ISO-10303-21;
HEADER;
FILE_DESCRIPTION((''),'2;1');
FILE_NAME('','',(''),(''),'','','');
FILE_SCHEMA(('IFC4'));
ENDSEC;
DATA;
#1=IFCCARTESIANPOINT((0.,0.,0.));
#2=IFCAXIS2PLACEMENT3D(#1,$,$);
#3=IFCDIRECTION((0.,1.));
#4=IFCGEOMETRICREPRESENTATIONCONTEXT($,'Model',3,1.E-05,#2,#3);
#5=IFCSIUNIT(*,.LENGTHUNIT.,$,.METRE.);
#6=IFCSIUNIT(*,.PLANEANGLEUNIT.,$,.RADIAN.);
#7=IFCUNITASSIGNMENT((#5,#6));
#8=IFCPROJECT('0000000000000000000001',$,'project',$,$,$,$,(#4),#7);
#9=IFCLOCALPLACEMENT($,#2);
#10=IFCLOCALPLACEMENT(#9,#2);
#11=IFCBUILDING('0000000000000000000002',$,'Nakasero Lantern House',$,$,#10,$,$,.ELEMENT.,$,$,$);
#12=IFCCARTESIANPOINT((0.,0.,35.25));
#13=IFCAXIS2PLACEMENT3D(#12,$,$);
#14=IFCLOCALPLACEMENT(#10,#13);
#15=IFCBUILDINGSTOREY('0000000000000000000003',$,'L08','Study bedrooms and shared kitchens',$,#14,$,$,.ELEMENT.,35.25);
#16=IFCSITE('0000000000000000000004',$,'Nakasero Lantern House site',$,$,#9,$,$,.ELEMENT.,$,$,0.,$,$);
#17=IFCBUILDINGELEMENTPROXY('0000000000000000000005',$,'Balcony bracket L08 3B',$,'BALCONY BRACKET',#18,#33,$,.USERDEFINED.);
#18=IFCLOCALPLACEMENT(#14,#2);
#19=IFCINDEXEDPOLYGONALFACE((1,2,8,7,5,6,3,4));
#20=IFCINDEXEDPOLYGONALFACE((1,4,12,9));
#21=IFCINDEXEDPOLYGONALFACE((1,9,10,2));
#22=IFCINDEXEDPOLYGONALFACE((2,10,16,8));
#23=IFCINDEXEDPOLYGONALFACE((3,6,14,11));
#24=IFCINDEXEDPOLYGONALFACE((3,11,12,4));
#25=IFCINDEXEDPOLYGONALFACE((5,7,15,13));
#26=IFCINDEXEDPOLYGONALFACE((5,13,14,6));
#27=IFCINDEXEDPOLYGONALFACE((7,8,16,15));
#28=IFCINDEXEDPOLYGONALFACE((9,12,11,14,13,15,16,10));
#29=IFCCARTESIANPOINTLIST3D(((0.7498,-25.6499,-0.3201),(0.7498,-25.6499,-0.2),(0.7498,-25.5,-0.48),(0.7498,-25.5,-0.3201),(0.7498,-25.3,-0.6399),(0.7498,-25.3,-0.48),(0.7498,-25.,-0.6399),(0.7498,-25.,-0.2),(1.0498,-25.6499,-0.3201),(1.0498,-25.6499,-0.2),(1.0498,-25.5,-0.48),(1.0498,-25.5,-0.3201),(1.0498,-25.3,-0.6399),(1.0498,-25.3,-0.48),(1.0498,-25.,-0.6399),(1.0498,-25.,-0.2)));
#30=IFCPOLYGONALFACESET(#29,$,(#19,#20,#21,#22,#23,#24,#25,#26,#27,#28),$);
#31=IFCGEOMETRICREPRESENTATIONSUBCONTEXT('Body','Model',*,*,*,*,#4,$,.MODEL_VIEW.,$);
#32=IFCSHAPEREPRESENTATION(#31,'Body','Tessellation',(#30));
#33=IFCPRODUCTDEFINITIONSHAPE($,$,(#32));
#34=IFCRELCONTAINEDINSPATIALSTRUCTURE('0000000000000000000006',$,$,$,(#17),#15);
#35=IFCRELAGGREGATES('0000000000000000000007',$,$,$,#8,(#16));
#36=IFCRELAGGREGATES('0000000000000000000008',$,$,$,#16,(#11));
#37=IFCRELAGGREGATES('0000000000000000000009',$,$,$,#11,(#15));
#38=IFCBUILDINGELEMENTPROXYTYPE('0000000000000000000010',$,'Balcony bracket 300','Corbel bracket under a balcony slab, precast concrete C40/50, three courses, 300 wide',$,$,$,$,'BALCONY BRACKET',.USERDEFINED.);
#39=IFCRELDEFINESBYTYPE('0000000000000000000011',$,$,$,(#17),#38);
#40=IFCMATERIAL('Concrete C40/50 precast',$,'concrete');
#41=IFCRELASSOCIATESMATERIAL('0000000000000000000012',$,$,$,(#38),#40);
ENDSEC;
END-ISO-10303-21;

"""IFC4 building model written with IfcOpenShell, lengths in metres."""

from ifc_helpers import new_model, si_unit, direction, frame, origin, place, context, subcontext, project, spatial, polyline, outline, extrude, material, type_object, element, save


model = new_model("IFC4")

# Units and contexts
model_context = context("Model", 3, precision=1e-05, world=origin(), true_north=direction((0.0, 1.0)))
body_context = subcontext(model_context, "Body", "Model", "MODEL_VIEW")
ifc_project = project(units=[si_unit("LENGTHUNIT", "METRE"), si_unit("PLANEANGLEUNIT", "RADIAN")], contexts=[model_context])

# Site, building, storey
site_placement = place(None, origin())
site = spatial("IfcSite", under=ifc_project, at=site_placement, Name="Nakasero Lantern House site", CompositionType="ELEMENT", RefElevation=0.0)
building_placement = place(site_placement, origin())
building = spatial("IfcBuilding", under=site, at=building_placement, Name="Nakasero Lantern House", CompositionType="ELEMENT")
storey_placement = place(building_placement, frame((0.0, 0.0, 35.25)))
storey = spatial("IfcBuildingStorey", under=building, at=storey_placement, Name="L08", Description="Study bedrooms and shared kitchens", CompositionType="ELEMENT", Elevation=35.25)

# Building element proxy
ifc_material_1 = material(Name="Concrete C40/50 precast", Category="concrete")
building_element_proxy_type = type_object("IfcBuildingElementProxyType", Name="Balcony bracket 300", Description="Corbel bracket under a balcony slab, precast concrete C40/50, three courses, 300 wide", ElementType="BALCONY BRACKET", PredefinedType="USERDEFINED", material=ifc_material_1)
proxy_placement = place(storey_placement, frame((0.8999, -25.0, -0.2), z_axis=(0.0, 0.0, 1.0), x_axis=(0.0, -1.0, 0.0)))
element("IfcBuildingElementProxy", 1, at=proxy_placement, inside=storey, type_object=building_element_proxy_type, Name="Balcony bracket L08 3B", ObjectType="BALCONY BRACKET", PredefinedType="USERDEFINED", context=body_context, shape_type="SweptSolid", body=[
    extrude(outline(polyline([(0.0, 0.0), (0.6499, 0.0), (0.6499, -0.1201), (0.5, -0.1201), (0.5, -0.28), (0.3, -0.28), (0.3, -0.4399), (0.0, -0.4399), (0.0, 0.0)])), frame((0.0, 0.1499, 0.0), z_axis=(0.0, -1.0, 0.0), x_axis=(1.0, 0.0, 0.0)), (0.0, 0.0, 1.0), 0.3),
])

save(model, "model.ifc")
